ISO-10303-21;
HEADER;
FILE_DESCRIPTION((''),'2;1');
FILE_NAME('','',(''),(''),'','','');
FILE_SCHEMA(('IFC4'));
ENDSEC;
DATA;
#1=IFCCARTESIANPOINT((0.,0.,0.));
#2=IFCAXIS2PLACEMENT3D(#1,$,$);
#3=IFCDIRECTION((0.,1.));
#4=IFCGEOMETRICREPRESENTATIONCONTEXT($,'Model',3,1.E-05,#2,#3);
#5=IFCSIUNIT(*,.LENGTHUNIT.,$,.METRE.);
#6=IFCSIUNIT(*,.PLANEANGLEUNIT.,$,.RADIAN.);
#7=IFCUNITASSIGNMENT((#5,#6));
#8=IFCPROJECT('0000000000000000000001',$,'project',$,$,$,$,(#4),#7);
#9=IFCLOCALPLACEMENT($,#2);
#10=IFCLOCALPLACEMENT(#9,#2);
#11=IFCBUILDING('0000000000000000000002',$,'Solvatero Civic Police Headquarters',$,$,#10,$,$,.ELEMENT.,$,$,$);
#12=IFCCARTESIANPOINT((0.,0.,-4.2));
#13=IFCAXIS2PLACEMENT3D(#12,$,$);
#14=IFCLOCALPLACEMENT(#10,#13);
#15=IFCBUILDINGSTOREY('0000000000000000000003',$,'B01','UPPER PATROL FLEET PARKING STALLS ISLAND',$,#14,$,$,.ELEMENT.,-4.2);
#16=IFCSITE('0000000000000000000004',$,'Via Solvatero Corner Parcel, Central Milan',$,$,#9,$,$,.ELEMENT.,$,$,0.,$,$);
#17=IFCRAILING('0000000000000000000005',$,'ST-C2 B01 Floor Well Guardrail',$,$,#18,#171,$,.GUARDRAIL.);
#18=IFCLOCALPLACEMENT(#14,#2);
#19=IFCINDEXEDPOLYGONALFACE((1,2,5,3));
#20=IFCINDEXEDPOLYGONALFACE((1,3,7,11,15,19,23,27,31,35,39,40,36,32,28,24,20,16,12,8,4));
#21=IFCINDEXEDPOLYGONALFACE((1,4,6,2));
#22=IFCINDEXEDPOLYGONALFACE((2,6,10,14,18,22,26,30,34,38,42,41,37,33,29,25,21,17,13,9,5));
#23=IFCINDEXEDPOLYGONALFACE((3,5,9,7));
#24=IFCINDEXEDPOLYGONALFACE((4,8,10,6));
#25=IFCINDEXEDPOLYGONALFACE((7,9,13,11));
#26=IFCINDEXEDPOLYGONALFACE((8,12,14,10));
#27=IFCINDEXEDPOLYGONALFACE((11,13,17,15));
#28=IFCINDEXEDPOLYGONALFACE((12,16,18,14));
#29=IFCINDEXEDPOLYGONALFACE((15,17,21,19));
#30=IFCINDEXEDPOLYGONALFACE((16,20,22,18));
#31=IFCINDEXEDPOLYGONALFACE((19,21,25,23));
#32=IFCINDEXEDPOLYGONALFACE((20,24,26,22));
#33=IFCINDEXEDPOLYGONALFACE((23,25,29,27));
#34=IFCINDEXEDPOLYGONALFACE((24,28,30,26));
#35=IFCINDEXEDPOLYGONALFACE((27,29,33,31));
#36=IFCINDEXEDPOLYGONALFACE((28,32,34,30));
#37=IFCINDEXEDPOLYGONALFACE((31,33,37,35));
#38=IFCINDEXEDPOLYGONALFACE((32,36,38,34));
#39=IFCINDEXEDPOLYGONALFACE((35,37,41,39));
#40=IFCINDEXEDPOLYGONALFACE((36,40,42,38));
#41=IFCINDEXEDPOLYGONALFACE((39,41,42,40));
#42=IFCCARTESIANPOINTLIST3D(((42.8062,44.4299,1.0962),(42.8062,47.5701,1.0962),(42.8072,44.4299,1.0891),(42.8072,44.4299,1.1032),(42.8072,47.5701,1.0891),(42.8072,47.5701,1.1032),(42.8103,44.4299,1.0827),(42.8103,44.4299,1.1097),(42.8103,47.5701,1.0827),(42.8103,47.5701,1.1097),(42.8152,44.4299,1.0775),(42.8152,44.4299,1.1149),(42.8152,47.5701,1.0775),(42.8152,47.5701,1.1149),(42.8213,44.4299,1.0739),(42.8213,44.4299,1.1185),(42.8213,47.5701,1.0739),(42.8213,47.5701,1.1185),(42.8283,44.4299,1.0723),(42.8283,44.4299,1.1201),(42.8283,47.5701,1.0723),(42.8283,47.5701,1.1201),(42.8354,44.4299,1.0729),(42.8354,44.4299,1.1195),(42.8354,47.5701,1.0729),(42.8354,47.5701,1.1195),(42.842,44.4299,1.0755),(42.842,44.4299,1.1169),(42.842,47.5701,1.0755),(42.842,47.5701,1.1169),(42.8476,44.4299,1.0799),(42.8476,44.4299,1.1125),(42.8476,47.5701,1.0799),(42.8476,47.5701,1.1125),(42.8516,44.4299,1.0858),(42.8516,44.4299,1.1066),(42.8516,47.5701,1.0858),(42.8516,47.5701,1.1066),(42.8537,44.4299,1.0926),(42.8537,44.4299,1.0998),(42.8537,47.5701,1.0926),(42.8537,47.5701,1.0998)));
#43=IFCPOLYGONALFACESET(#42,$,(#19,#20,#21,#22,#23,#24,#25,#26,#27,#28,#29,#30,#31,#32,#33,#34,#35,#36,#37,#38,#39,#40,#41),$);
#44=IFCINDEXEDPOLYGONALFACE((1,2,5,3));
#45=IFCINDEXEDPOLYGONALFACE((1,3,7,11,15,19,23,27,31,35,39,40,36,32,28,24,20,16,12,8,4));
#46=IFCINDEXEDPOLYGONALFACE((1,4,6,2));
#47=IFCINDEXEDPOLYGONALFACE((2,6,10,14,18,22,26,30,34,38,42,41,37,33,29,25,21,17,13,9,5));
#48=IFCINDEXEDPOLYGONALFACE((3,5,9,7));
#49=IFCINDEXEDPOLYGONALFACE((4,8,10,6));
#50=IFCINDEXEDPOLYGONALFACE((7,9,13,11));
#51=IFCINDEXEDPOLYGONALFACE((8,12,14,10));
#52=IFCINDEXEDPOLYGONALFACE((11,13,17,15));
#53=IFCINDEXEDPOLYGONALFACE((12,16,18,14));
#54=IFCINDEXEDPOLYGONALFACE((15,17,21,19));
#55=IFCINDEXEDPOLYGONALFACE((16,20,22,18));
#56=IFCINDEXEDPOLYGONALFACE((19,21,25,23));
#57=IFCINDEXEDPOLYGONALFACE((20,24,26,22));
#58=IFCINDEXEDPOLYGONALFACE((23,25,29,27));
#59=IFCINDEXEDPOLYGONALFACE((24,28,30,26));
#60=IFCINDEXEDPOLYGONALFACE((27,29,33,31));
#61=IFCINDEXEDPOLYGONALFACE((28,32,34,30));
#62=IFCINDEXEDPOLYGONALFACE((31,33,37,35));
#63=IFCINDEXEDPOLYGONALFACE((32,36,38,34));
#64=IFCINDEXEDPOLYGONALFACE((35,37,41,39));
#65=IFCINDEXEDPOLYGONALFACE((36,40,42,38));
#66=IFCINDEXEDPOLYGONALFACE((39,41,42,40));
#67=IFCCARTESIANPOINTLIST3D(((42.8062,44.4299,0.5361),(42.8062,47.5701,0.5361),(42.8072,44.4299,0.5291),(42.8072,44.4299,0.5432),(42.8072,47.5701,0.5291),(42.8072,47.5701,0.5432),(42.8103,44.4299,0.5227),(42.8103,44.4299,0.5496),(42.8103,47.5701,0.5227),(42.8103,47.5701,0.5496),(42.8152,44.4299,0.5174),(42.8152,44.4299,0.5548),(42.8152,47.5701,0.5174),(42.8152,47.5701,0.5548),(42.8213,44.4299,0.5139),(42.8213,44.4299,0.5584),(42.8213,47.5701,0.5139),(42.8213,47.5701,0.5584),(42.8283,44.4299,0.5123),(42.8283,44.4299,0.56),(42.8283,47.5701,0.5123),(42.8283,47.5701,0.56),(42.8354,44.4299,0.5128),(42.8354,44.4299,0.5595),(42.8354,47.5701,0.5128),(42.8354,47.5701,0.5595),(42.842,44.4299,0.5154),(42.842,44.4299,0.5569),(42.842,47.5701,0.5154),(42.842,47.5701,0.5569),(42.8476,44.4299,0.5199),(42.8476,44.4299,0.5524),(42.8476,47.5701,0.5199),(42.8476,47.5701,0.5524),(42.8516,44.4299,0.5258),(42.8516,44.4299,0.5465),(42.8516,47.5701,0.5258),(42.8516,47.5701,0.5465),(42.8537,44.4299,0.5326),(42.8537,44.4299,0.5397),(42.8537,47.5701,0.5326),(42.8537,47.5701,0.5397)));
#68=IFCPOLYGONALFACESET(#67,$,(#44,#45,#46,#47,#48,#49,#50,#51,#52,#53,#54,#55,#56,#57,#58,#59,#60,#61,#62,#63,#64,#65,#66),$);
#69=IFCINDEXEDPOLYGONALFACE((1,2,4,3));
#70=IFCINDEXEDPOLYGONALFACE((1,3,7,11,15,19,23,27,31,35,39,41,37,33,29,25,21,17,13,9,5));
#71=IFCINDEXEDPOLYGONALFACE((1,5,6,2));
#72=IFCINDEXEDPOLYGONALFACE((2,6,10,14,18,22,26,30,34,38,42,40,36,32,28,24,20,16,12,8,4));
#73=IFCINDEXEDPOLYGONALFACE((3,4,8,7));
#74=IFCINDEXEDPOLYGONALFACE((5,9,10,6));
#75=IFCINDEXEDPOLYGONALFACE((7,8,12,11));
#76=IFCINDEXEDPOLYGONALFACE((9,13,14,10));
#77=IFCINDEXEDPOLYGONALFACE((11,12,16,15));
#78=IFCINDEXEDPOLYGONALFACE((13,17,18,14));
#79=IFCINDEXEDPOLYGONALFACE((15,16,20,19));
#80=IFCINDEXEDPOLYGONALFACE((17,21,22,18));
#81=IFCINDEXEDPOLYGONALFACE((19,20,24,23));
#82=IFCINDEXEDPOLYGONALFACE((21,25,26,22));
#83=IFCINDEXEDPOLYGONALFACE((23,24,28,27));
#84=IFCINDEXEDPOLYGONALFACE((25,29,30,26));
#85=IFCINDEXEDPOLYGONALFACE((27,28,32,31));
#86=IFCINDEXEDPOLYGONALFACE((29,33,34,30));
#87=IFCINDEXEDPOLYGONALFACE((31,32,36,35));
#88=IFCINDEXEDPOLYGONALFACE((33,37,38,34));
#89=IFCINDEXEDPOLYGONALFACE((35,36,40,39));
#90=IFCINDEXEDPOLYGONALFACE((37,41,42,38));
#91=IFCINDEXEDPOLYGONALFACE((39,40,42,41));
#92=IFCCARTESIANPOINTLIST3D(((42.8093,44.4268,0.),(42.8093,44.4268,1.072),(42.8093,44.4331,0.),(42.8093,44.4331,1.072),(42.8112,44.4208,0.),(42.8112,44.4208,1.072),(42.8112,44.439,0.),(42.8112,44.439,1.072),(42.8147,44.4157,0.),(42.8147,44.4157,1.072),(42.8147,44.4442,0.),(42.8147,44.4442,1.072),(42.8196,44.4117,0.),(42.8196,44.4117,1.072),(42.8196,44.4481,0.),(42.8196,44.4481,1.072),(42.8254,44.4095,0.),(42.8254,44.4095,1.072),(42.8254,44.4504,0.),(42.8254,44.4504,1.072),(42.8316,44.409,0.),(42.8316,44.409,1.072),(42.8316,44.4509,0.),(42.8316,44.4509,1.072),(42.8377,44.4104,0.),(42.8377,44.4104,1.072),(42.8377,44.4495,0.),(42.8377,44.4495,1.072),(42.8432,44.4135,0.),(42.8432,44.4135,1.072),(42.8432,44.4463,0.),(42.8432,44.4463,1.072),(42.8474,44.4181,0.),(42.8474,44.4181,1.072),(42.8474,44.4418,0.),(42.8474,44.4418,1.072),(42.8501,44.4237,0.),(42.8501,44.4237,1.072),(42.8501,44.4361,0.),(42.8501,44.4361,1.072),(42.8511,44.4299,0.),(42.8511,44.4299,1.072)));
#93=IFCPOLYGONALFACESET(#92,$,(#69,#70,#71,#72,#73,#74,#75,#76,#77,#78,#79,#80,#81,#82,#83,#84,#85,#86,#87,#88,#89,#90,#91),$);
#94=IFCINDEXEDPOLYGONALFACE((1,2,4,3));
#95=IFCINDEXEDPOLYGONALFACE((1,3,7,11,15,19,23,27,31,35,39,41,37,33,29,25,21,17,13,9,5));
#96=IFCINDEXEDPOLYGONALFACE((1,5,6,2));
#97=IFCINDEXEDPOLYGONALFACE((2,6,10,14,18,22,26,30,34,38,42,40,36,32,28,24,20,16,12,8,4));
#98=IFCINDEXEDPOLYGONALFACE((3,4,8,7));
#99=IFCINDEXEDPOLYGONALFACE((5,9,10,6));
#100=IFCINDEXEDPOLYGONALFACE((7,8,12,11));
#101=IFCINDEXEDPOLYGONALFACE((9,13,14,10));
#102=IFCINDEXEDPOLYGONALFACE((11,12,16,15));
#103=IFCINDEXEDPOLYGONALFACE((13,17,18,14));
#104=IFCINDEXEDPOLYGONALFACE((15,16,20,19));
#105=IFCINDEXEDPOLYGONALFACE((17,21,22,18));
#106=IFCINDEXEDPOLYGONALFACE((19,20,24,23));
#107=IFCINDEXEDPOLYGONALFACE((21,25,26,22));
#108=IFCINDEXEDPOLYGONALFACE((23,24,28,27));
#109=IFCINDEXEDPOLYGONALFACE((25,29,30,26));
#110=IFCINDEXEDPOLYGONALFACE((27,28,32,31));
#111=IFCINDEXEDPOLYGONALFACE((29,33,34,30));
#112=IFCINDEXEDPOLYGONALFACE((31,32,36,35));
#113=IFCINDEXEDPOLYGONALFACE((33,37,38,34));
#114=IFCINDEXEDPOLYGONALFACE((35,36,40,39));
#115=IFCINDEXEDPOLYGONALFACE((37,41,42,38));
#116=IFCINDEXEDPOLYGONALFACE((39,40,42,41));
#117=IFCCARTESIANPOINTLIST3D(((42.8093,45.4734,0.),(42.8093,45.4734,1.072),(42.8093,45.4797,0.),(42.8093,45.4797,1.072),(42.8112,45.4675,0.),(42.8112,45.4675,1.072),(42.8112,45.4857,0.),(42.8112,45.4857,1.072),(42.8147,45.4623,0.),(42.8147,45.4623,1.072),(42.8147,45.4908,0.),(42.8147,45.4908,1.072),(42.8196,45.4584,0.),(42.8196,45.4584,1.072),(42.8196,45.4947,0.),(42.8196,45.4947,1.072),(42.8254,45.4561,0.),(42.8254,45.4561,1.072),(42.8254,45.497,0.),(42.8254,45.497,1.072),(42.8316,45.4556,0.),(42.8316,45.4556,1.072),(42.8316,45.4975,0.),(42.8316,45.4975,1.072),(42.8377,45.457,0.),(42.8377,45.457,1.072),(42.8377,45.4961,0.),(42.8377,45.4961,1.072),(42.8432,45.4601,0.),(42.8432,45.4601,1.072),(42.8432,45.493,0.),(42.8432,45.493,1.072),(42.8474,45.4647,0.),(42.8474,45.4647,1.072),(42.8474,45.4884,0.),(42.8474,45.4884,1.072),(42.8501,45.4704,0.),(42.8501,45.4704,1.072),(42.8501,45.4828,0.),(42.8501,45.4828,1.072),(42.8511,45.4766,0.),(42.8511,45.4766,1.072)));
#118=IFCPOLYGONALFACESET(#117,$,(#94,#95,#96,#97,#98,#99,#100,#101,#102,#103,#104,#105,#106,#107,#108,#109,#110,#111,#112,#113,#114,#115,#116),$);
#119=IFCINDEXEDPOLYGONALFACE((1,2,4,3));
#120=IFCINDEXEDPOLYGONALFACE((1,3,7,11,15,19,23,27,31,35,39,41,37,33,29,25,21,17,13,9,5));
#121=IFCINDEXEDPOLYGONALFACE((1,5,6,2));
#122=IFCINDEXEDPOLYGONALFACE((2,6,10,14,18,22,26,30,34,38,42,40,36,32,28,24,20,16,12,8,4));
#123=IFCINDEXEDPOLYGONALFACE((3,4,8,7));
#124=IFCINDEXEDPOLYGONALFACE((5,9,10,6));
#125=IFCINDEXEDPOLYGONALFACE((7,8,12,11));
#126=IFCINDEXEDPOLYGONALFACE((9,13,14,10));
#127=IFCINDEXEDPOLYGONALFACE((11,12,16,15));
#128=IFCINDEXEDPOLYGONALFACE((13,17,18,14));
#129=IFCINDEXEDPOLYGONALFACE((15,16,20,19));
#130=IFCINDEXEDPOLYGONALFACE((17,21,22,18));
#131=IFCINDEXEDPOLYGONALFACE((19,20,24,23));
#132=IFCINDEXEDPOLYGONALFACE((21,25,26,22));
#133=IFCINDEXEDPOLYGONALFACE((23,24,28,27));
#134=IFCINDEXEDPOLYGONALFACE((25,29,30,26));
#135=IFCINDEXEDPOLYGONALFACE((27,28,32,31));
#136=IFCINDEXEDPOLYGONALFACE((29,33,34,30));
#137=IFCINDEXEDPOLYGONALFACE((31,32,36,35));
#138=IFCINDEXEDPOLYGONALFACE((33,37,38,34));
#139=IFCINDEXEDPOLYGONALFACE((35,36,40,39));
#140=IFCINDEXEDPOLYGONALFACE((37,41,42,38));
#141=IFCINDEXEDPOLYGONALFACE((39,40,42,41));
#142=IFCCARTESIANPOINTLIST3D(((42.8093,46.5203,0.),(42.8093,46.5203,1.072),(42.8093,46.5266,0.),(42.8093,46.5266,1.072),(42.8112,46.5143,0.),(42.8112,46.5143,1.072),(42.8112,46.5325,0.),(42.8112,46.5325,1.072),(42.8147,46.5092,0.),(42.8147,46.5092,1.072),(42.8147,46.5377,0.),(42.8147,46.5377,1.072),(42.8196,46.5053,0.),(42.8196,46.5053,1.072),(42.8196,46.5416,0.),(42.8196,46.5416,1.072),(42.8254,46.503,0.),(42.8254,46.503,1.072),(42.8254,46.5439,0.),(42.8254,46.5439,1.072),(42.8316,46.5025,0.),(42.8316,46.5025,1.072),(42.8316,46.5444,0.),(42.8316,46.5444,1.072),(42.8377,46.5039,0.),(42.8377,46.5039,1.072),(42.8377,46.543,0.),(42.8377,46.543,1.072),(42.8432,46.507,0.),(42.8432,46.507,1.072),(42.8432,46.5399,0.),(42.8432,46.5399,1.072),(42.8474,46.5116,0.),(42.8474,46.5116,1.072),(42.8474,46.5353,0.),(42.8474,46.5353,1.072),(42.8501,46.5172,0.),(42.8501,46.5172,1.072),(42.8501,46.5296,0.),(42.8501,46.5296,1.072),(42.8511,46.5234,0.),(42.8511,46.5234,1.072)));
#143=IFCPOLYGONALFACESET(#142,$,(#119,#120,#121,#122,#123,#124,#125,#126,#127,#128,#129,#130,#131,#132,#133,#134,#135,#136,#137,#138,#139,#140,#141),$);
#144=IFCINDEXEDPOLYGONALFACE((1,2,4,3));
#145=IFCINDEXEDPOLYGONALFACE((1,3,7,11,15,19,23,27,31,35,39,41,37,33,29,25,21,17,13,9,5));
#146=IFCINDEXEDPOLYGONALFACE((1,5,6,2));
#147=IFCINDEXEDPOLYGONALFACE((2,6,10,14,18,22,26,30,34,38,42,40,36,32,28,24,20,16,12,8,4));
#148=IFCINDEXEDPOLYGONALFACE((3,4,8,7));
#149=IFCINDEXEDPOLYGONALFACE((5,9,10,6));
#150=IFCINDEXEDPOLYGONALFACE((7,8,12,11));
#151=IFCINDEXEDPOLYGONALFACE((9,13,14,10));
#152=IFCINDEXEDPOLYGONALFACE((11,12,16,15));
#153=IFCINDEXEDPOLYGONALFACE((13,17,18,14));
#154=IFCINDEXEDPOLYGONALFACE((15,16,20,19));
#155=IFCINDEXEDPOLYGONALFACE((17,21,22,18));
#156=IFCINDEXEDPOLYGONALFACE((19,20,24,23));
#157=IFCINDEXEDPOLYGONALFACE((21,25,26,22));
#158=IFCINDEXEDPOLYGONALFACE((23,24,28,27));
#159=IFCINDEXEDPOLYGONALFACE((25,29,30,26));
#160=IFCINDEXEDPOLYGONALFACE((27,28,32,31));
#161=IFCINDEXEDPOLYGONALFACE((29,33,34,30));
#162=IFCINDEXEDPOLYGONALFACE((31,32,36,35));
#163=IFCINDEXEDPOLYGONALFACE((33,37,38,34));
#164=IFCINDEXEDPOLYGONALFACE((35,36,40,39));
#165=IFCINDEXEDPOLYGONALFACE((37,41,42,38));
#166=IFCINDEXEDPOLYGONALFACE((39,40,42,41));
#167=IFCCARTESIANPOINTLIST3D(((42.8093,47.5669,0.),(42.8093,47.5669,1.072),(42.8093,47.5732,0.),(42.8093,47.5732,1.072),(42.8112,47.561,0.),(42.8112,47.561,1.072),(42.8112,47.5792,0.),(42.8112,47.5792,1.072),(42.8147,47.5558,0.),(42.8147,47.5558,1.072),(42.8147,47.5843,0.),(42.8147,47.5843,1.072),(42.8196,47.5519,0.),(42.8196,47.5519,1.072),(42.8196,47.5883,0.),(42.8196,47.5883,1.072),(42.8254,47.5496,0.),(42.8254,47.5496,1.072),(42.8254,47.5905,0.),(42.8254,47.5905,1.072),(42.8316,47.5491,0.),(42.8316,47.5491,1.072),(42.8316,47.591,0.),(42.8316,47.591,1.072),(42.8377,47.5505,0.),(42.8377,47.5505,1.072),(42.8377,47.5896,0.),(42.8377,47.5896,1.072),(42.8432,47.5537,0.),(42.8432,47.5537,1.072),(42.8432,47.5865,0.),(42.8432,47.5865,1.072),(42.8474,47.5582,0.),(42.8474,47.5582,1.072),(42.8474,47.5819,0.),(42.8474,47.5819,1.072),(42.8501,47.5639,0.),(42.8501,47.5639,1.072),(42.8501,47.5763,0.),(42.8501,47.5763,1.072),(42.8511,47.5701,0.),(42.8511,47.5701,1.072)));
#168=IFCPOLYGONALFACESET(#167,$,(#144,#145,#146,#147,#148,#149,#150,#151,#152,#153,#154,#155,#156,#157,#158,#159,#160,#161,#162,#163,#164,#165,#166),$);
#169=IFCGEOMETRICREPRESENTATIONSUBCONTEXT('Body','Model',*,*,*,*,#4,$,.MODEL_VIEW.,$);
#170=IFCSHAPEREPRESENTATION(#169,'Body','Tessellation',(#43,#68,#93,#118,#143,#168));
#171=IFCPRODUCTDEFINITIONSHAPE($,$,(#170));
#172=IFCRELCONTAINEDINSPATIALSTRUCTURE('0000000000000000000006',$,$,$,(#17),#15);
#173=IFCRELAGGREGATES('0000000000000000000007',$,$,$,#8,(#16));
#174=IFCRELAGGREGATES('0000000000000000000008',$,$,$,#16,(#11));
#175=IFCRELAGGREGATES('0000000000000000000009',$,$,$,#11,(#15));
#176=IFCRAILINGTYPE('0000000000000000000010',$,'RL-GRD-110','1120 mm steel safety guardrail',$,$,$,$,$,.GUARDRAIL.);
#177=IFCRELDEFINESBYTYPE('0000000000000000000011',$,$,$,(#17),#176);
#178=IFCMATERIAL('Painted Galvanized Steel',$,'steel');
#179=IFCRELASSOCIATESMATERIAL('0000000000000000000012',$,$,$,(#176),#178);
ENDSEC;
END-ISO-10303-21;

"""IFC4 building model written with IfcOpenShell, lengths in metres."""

from ifc_helpers import new_model, si_unit, direction, frame, origin, origin_2d, place, context, subcontext, project, spatial, circle, extrude, material, type_object, element, save


model = new_model("IFC4")

# Units and contexts
model_context = context("Model", 3, precision=1e-05, world=origin(), true_north=direction((0.0, 1.0)))
body_context = subcontext(model_context, "Body", "Model", "MODEL_VIEW")
ifc_project = project(units=[si_unit("LENGTHUNIT", "METRE"), si_unit("PLANEANGLEUNIT", "RADIAN")], contexts=[model_context])

# Site, building, storey
site_placement = place(None, origin())
site = spatial("IfcSite", under=ifc_project, at=site_placement, Name="Via Solvatero Corner Parcel, Central Milan", CompositionType="ELEMENT", RefElevation=0.0)
building_placement = place(site_placement, origin())
building = spatial("IfcBuilding", under=site, at=building_placement, Name="Solvatero Civic Police Headquarters", CompositionType="ELEMENT")
storey_placement = place(building_placement, frame((0.0, 0.0, -4.2)))
storey = spatial("IfcBuildingStorey", under=building, at=storey_placement, Name="B01", Description="UPPER PATROL FLEET PARKING STALLS ISLAND", CompositionType="ELEMENT", Elevation=-4.2)

# Railing
ifc_material_1 = material(Name="Painted Galvanized Steel", Category="steel")
railing_type_1 = type_object("IfcRailingType", Name="RL-GRD-110", Description="1120 mm steel safety guardrail", PredefinedType="GUARDRAIL", material=ifc_material_1)
railing_1_placement = place(storey_placement, frame((42.8301, 44.4299, 0.0)))
element("IfcRailing", 1, at=railing_1_placement, inside=storey, type_object=railing_type_1, Name="ST-C2 B01 Floor Well Guardrail", PredefinedType="GUARDRAIL", context=body_context, shape_type="SweptSolid", body=[
    extrude(circle(Radius=0.0239, at=origin_2d()), frame((0.0, 0.0, 1.0962), z_axis=(0.0, 1.0, 0.0), x_axis=(-1.0, 0.0, 0.0)), (0.0, 0.0, 1.0), 3.1401),
    extrude(circle(Radius=0.0239, at=origin_2d()), frame((0.0, 0.0, 0.5361), z_axis=(0.0, 1.0, 0.0), x_axis=(-1.0, 0.0, 0.0)), (0.0, 0.0, 1.0), 3.1401),
    extrude(circle(Radius=0.021, at=origin_2d()), origin(), (0.0, 0.0, 1.0), 1.072),
    extrude(circle(Radius=0.021, at=origin_2d()), frame((0.0, 1.0466, 0.0)), (0.0, 0.0, 1.0), 1.072),
    extrude(circle(Radius=0.021, at=origin_2d()), frame((0.0, 2.0935, 0.0)), (0.0, 0.0, 1.0), 1.072),
    extrude(circle(Radius=0.021, at=origin_2d()), frame((0.0, 3.1401, 0.0)), (0.0, 0.0, 1.0), 1.072),
])

save(model, "model.ifc")
